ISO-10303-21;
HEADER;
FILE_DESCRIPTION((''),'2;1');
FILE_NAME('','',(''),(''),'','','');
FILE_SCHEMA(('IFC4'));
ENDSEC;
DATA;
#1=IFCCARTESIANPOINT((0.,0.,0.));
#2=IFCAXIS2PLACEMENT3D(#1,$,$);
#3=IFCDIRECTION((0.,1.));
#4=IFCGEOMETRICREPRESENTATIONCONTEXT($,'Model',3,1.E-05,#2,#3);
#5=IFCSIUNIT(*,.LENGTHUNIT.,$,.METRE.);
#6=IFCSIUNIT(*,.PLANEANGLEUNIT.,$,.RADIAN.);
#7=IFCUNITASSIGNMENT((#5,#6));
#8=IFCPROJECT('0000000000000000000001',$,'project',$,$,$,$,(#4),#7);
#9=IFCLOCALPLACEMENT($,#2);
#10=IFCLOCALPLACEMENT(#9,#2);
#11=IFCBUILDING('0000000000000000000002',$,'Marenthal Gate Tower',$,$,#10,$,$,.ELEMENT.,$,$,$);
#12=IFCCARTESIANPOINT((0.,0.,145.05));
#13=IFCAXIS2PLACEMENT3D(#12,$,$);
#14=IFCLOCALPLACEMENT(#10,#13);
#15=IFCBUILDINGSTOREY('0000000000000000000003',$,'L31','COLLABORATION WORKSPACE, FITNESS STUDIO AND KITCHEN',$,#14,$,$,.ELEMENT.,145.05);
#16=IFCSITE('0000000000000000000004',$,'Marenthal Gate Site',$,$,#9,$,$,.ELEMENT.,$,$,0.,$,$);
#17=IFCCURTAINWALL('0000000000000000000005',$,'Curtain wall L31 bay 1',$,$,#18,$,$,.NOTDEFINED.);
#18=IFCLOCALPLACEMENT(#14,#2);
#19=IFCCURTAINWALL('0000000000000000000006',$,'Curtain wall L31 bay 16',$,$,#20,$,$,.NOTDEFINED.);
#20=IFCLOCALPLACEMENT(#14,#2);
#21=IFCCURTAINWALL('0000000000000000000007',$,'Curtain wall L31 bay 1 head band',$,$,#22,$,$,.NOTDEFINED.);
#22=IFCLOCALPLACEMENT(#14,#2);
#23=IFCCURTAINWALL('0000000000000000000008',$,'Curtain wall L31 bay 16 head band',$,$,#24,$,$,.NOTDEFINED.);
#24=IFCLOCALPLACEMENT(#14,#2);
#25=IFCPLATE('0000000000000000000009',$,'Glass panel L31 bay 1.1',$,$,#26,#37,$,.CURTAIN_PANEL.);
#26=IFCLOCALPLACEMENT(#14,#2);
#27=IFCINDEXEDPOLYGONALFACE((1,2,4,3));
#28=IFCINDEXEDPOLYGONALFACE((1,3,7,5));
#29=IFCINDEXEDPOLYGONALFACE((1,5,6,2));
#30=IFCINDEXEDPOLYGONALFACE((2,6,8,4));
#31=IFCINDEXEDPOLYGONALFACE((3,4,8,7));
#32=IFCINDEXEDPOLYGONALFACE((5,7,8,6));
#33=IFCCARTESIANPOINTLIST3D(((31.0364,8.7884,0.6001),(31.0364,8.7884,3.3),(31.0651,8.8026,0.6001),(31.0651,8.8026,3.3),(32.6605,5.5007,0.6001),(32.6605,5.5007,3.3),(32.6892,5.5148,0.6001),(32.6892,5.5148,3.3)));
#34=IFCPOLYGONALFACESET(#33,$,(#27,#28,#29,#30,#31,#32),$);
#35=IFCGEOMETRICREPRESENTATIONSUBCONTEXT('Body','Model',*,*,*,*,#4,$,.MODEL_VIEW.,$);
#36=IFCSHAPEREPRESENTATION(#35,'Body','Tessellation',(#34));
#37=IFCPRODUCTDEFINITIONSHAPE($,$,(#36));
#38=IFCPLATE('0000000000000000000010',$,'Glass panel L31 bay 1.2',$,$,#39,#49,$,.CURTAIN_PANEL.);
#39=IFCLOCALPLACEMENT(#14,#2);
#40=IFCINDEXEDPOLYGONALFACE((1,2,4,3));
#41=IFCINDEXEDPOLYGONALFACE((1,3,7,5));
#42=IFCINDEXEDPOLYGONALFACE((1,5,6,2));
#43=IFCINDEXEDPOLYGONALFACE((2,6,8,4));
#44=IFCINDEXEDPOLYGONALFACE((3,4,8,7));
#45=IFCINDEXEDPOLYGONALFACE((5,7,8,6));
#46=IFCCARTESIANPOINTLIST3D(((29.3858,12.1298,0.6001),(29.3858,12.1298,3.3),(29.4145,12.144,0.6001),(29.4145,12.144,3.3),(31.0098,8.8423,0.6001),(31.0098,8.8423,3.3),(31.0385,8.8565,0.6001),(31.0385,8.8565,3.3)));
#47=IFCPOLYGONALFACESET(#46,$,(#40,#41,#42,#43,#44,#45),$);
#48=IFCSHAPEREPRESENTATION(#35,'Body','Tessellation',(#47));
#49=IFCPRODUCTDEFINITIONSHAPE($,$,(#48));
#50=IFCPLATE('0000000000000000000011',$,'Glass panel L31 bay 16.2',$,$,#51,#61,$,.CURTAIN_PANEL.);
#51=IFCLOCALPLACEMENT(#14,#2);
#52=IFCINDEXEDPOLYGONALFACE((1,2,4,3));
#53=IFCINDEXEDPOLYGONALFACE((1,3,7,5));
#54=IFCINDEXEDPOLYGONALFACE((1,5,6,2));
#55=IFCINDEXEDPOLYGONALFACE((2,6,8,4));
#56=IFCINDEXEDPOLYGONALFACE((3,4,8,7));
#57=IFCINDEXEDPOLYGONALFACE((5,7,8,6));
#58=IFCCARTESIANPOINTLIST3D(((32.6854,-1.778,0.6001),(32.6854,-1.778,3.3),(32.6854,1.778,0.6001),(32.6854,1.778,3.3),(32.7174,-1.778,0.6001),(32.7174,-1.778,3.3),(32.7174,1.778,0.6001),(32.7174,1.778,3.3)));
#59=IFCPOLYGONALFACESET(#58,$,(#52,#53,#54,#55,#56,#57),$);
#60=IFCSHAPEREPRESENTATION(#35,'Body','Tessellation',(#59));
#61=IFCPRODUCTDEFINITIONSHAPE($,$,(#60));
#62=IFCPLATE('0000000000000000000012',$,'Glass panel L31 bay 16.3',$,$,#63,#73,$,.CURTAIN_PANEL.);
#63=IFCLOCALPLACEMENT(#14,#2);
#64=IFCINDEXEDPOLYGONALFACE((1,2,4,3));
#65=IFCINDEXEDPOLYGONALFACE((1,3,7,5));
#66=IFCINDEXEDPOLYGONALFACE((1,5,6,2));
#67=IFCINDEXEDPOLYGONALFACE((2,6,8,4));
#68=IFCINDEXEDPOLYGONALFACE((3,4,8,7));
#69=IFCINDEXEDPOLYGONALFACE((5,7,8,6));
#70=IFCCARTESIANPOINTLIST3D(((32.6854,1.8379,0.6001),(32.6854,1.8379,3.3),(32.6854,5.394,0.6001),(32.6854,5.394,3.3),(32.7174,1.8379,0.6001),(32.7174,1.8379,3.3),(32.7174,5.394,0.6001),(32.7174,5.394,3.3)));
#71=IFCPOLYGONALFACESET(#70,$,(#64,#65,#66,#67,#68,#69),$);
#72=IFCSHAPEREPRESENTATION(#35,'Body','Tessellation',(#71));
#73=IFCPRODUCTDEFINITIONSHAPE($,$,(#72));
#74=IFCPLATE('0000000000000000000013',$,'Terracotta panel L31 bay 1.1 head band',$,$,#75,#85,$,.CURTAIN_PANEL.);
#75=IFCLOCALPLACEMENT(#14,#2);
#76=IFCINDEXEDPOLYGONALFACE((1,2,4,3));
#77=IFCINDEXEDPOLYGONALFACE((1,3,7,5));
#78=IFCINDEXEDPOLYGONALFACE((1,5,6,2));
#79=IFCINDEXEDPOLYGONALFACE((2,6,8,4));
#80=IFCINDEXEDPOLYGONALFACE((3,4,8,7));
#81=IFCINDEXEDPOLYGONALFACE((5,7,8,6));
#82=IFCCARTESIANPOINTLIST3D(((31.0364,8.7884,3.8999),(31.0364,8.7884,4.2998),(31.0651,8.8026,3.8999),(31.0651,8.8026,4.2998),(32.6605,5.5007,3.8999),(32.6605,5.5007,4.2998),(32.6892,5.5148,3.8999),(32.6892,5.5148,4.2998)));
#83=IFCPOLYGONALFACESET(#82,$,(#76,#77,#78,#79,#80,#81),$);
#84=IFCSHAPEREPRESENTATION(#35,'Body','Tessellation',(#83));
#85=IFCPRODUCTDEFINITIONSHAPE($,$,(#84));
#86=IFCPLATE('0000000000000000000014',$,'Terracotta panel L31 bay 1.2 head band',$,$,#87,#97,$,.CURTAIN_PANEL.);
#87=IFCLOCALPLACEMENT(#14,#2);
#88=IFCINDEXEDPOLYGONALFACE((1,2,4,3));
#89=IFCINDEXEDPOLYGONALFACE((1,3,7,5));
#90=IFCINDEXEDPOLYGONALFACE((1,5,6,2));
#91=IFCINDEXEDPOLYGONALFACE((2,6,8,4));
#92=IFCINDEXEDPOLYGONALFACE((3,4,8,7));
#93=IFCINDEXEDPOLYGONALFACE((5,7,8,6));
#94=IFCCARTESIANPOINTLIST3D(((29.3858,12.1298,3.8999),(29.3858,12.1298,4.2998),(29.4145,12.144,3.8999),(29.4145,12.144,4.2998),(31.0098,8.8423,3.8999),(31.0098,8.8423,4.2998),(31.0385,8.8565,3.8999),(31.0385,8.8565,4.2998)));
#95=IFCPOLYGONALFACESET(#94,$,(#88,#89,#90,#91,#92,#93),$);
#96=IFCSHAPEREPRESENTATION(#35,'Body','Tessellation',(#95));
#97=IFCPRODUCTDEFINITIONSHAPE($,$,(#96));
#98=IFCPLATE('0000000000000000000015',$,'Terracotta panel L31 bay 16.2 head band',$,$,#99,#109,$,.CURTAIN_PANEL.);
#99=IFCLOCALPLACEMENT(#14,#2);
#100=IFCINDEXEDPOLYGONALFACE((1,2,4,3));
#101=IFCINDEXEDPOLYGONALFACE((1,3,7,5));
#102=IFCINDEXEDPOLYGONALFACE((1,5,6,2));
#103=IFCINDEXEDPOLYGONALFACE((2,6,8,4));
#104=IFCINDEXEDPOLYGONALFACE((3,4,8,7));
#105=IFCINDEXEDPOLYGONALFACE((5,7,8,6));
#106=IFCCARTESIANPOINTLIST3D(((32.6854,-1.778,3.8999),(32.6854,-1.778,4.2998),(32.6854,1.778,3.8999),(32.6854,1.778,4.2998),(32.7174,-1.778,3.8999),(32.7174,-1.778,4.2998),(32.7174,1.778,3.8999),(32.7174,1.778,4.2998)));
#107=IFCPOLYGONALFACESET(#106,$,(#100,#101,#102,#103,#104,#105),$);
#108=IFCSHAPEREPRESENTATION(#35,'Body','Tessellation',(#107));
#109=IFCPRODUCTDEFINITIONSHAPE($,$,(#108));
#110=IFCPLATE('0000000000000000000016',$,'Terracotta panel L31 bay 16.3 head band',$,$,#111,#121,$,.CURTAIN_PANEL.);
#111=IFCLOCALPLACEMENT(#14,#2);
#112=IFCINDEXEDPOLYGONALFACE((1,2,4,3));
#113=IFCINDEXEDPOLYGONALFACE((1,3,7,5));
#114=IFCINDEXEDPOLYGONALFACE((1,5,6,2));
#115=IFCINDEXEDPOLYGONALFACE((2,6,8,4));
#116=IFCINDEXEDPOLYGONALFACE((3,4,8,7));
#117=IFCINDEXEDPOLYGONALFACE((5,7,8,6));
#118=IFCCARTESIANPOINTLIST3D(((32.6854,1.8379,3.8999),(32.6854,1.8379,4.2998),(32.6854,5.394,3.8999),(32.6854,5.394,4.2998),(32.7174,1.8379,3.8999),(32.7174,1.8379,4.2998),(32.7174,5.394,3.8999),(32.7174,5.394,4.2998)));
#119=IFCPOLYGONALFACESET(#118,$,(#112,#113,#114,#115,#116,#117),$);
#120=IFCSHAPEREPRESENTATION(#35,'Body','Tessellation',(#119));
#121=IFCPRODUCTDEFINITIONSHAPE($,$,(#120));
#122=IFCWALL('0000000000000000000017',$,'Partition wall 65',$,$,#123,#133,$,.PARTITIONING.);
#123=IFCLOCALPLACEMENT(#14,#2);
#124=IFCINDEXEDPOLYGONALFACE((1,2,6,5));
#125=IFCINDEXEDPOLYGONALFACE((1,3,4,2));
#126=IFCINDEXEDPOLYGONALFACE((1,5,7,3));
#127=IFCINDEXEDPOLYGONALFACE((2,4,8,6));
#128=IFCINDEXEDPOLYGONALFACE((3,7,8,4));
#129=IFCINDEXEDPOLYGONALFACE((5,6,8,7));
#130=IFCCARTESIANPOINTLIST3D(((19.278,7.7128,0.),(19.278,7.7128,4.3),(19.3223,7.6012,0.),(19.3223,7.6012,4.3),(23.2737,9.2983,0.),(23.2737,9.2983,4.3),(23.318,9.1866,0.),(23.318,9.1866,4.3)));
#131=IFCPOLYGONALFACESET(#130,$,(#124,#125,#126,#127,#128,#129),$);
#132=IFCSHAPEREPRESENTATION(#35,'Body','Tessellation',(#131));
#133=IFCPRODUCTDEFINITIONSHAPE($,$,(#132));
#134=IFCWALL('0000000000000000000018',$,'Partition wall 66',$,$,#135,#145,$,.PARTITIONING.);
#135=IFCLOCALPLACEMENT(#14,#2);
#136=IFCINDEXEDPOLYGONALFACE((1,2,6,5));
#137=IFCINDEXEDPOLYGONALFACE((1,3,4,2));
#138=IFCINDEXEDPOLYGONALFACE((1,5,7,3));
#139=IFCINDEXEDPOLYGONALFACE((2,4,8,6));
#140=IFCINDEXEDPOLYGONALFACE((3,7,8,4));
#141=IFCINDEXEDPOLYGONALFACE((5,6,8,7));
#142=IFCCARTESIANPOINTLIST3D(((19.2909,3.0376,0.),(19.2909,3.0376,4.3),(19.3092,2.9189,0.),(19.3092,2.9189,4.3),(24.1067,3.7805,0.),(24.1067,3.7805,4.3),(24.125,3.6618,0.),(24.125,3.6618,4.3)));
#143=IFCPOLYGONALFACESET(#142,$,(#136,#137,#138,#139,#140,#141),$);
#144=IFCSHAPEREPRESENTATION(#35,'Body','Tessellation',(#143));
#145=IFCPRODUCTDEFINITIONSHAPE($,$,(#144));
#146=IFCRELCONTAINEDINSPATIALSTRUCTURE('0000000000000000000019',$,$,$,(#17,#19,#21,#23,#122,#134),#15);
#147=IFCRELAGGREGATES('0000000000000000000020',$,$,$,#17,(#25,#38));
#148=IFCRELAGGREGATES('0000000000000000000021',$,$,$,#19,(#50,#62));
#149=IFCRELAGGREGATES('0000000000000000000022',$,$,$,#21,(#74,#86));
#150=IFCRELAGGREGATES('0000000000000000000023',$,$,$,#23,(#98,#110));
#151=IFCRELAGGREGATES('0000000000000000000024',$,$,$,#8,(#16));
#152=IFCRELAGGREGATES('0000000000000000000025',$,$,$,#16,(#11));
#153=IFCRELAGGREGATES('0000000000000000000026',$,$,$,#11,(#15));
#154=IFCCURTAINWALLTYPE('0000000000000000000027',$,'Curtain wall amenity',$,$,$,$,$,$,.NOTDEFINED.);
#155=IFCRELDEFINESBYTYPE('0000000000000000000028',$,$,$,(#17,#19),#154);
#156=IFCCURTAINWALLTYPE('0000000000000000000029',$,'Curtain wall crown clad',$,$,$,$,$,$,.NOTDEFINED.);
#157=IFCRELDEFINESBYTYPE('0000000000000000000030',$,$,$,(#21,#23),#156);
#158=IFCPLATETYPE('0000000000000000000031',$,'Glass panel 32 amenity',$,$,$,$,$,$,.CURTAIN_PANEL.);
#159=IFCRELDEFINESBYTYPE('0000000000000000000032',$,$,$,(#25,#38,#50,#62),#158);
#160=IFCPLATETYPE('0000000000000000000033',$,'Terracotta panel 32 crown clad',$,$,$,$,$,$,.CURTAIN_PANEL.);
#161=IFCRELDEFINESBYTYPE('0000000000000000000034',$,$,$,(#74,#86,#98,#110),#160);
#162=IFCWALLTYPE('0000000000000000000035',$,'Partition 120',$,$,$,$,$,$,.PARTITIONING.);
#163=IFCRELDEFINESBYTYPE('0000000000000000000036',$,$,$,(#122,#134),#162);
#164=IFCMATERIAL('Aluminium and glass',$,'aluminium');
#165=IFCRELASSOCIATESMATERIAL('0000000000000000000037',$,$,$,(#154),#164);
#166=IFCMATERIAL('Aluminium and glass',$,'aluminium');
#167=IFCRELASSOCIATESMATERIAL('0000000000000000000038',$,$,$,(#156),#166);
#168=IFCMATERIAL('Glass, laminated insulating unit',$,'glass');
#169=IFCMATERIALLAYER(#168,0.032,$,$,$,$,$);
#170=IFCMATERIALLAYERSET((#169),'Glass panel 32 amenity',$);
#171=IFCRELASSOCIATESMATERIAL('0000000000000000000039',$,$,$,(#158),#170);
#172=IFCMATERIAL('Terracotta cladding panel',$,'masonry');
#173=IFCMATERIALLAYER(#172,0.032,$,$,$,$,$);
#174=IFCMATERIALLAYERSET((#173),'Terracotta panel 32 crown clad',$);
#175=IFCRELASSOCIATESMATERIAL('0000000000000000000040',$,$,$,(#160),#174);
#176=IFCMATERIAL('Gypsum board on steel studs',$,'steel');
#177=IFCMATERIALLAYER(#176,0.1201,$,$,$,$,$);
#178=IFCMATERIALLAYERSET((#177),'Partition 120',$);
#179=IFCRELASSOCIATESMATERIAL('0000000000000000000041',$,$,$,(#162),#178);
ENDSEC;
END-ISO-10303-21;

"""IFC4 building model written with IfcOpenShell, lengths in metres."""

from ifc_helpers import new_model, si_unit, direction, frame, frame_2d, origin, origin_2d, place, context, subcontext, project, spatial, rectangle, extrude, material, layer, layer_set, type_object, element, aggregate, save


model = new_model("IFC4")

# Units and contexts
model_context = context("Model", 3, precision=1e-05, world=origin(), true_north=direction((0.0, 1.0)))
body_context = subcontext(model_context, "Body", "Model", "MODEL_VIEW")
ifc_project = project(units=[si_unit("LENGTHUNIT", "METRE"), si_unit("PLANEANGLEUNIT", "RADIAN")], contexts=[model_context])

# Site, building, storey
site_placement = place(None, origin())
site = spatial("IfcSite", under=ifc_project, at=site_placement, Name="Marenthal Gate Site", CompositionType="ELEMENT", RefElevation=0.0)
building_placement = place(site_placement, origin())
building = spatial("IfcBuilding", under=site, at=building_placement, Name="Marenthal Gate Tower", CompositionType="ELEMENT")
storey_placement = place(building_placement, frame((0.0, 0.0, 145.05)))
storey = spatial("IfcBuildingStorey", under=building, at=storey_placement, Name="L31", Description="COLLABORATION WORKSPACE, FITNESS STUDIO AND KITCHEN", CompositionType="ELEMENT", Elevation=145.05)

# Curtain walls
ifc_material_1 = material(Name="Aluminium and glass", Category="aluminium")
curtain_wall_type_1 = type_object("IfcCurtainWallType", Name="Curtain wall amenity", PredefinedType="NOTDEFINED", material=ifc_material_1)
curtain_wall_1_placement = place(storey_placement, origin())
curtain_wall_1 = element("IfcCurtainWall", 1, at=curtain_wall_1_placement, inside=storey, type_object=curtain_wall_type_1, Name="Curtain wall L31 bay 1", PredefinedType="NOTDEFINED")
curtain_wall_2_placement = place(storey_placement, origin())
curtain_wall_2 = element("IfcCurtainWall", 2, at=curtain_wall_2_placement, inside=storey, type_object=curtain_wall_type_1, Name="Curtain wall L31 bay 16", PredefinedType="NOTDEFINED")
ifc_material_2 = material(Name="Aluminium and glass", Category="aluminium")
curtain_wall_type_2 = type_object("IfcCurtainWallType", Name="Curtain wall crown clad", PredefinedType="NOTDEFINED", material=ifc_material_2)
curtain_wall_3_placement = place(storey_placement, origin())
curtain_wall_3 = element("IfcCurtainWall", 3, at=curtain_wall_3_placement, inside=storey, type_object=curtain_wall_type_2, Name="Curtain wall L31 bay 1 head band", PredefinedType="NOTDEFINED")
curtain_wall_4_placement = place(storey_placement, origin())
curtain_wall_4 = element("IfcCurtainWall", 4, at=curtain_wall_4_placement, inside=storey, type_object=curtain_wall_type_2, Name="Curtain wall L31 bay 16 head band", PredefinedType="NOTDEFINED")

# Plates
ifc_material_3 = material(Name="Glass, laminated insulating unit", Category="glass")
ifc_layer_1 = layer(ifc_material_3, 0.032)
ifc_layer_set_1 = layer_set([ifc_layer_1], Name="Glass panel 32 amenity")
plate_type_1 = type_object("IfcPlateType", Name="Glass panel 32 amenity", PredefinedType="CURTAIN_PANEL", material=ifc_layer_set_1)
plate_1_placement = place(storey_placement, frame((31.8628, 7.1516, 0.6001), z_axis=(0.0, 0.0, 1.0), x_axis=(-0.442895, 0.896573, 0.0)))
plate_1 = element("IfcPlate", 5, at=plate_1_placement, type_object=plate_type_1, Name="Glass panel L31 bay 1.1", PredefinedType="CURTAIN_PANEL", context=body_context, shape_type="SweptSolid", body=[
    extrude(rectangle(XDim=3.667, YDim=0.032, at=origin_2d()), origin(), (0.0, 0.0, 1.0), 2.7),
])
plate_2_placement = place(storey_placement, frame((30.2122, 10.4932, 0.6001), z_axis=(0.0, 0.0, 1.0), x_axis=(-0.442895, 0.896573, 0.0)))
plate_2 = element("IfcPlate", 6, at=plate_2_placement, type_object=plate_type_1, Name="Glass panel L31 bay 1.2", PredefinedType="CURTAIN_PANEL", context=body_context, shape_type="SweptSolid", body=[
    extrude(rectangle(XDim=3.6667, YDim=0.032, at=origin_2d()), origin(), (0.0, 0.0, 1.0), 2.7),
])
aggregate(curtain_wall_1, [plate_1, plate_2])
plate_3_placement = place(storey_placement, frame((32.7014, 0.0, 0.6001), z_axis=(0.0, 0.0, 1.0), x_axis=(0.0, 1.0, 0.0)))
plate_3 = element("IfcPlate", 7, at=plate_3_placement, type_object=plate_type_1, Name="Glass panel L31 bay 16.2", PredefinedType="CURTAIN_PANEL", context=body_context, shape_type="SweptSolid", body=[
    extrude(rectangle(XDim=3.5559, YDim=0.032, at=origin_2d()), origin(), (0.0, 0.0, 1.0), 2.7),
])
plate_4_placement = place(storey_placement, frame((32.7014, 3.616, 0.6001), z_axis=(0.0, 0.0, 1.0), x_axis=(0.0, 1.0, 0.0)))
plate_4 = element("IfcPlate", 8, at=plate_4_placement, type_object=plate_type_1, Name="Glass panel L31 bay 16.3", PredefinedType="CURTAIN_PANEL", context=body_context, shape_type="SweptSolid", body=[
    extrude(rectangle(XDim=3.5562, YDim=0.032, at=origin_2d()), origin(), (0.0, 0.0, 1.0), 2.7),
])
aggregate(curtain_wall_2, [plate_3, plate_4])
ifc_material_4 = material(Name="Terracotta cladding panel", Category="masonry")
ifc_layer_2 = layer(ifc_material_4, 0.032)
ifc_layer_set_2 = layer_set([ifc_layer_2], Name="Terracotta panel 32 crown clad")
plate_type_2 = type_object("IfcPlateType", Name="Terracotta panel 32 crown clad", PredefinedType="CURTAIN_PANEL", material=ifc_layer_set_2)
plate_5_placement = place(storey_placement, frame((31.8628, 7.1516, 3.8999), z_axis=(0.0, 0.0, 1.0), x_axis=(-0.442895, 0.896573, 0.0)))
plate_5 = element("IfcPlate", 9, at=plate_5_placement, type_object=plate_type_2, Name="Terracotta panel L31 bay 1.1 head band", PredefinedType="CURTAIN_PANEL", context=body_context, shape_type="SweptSolid", body=[
    extrude(rectangle(XDim=3.667, YDim=0.032, at=origin_2d()), origin(), (0.0, 0.0, 1.0), 0.3999),
])
plate_6_placement = place(storey_placement, frame((30.2122, 10.4932, 3.8999), z_axis=(0.0, 0.0, 1.0), x_axis=(-0.442895, 0.896573, 0.0)))
plate_6 = element("IfcPlate", 10, at=plate_6_placement, type_object=plate_type_2, Name="Terracotta panel L31 bay 1.2 head band", PredefinedType="CURTAIN_PANEL", context=body_context, shape_type="SweptSolid", body=[
    extrude(rectangle(XDim=3.6667, YDim=0.032, at=origin_2d()), origin(), (0.0, 0.0, 1.0), 0.3999),
])
aggregate(curtain_wall_3, [plate_5, plate_6])
plate_7_placement = place(storey_placement, frame((32.7014, 0.0, 3.8999), z_axis=(0.0, 0.0, 1.0), x_axis=(0.0, 1.0, 0.0)))
plate_7 = element("IfcPlate", 11, at=plate_7_placement, type_object=plate_type_2, Name="Terracotta panel L31 bay 16.2 head band", PredefinedType="CURTAIN_PANEL", context=body_context, shape_type="SweptSolid", body=[
    extrude(rectangle(XDim=3.5559, YDim=0.032, at=origin_2d()), origin(), (0.0, 0.0, 1.0), 0.3999),
])
plate_8_placement = place(storey_placement, frame((32.7014, 3.616, 3.8999), z_axis=(0.0, 0.0, 1.0), x_axis=(0.0, 1.0, 0.0)))
plate_8 = element("IfcPlate", 12, at=plate_8_placement, type_object=plate_type_2, Name="Terracotta panel L31 bay 16.3 head band", PredefinedType="CURTAIN_PANEL", context=body_context, shape_type="SweptSolid", body=[
    extrude(rectangle(XDim=3.5562, YDim=0.032, at=origin_2d()), origin(), (0.0, 0.0, 1.0), 0.3999),
])
aggregate(curtain_wall_4, [plate_7, plate_8])

# Walls
ifc_material_5 = material(Name="Gypsum board on steel studs", Category="steel")
ifc_layer_3 = layer(ifc_material_5, 0.1201)
ifc_layer_set_3 = layer_set([ifc_layer_3], Name="Partition 120")
wall_type = type_object("IfcWallType", Name="Partition 120", PredefinedType="PARTITIONING", material=ifc_layer_set_3)
wall_1_placement = place(storey_placement, frame((23.2959, 9.2424, 0.0), z_axis=(0.0, 0.0, 1.0), x_axis=(-0.929507, -0.368804, 0.0)))
element("IfcWall", 13, at=wall_1_placement, inside=storey, type_object=wall_type, Name="Partition wall 65", PredefinedType="PARTITIONING", context=body_context, shape_type="SweptSolid", body=[
    extrude(rectangle(XDim=4.2988, YDim=0.1201, at=frame_2d((2.1494, 0.0))), origin(), (0.0, 0.0, 1.0), 4.3),
])
wall_2_placement = place(storey_placement, frame((24.116, 3.7212, 0.0), z_axis=(0.0, 0.0, 1.0), x_axis=(-0.98831, -0.15246, 0.0)))
element("IfcWall", 14, at=wall_2_placement, inside=storey, type_object=wall_type, Name="Partition wall 66", PredefinedType="PARTITIONING", context=body_context, shape_type="SweptSolid", body=[
    extrude(rectangle(XDim=4.8728, YDim=0.1201, at=frame_2d((2.4365, 0.0))), origin(), (0.0, 0.0, 1.0), 4.3),
])

save(model, "model.ifc")
